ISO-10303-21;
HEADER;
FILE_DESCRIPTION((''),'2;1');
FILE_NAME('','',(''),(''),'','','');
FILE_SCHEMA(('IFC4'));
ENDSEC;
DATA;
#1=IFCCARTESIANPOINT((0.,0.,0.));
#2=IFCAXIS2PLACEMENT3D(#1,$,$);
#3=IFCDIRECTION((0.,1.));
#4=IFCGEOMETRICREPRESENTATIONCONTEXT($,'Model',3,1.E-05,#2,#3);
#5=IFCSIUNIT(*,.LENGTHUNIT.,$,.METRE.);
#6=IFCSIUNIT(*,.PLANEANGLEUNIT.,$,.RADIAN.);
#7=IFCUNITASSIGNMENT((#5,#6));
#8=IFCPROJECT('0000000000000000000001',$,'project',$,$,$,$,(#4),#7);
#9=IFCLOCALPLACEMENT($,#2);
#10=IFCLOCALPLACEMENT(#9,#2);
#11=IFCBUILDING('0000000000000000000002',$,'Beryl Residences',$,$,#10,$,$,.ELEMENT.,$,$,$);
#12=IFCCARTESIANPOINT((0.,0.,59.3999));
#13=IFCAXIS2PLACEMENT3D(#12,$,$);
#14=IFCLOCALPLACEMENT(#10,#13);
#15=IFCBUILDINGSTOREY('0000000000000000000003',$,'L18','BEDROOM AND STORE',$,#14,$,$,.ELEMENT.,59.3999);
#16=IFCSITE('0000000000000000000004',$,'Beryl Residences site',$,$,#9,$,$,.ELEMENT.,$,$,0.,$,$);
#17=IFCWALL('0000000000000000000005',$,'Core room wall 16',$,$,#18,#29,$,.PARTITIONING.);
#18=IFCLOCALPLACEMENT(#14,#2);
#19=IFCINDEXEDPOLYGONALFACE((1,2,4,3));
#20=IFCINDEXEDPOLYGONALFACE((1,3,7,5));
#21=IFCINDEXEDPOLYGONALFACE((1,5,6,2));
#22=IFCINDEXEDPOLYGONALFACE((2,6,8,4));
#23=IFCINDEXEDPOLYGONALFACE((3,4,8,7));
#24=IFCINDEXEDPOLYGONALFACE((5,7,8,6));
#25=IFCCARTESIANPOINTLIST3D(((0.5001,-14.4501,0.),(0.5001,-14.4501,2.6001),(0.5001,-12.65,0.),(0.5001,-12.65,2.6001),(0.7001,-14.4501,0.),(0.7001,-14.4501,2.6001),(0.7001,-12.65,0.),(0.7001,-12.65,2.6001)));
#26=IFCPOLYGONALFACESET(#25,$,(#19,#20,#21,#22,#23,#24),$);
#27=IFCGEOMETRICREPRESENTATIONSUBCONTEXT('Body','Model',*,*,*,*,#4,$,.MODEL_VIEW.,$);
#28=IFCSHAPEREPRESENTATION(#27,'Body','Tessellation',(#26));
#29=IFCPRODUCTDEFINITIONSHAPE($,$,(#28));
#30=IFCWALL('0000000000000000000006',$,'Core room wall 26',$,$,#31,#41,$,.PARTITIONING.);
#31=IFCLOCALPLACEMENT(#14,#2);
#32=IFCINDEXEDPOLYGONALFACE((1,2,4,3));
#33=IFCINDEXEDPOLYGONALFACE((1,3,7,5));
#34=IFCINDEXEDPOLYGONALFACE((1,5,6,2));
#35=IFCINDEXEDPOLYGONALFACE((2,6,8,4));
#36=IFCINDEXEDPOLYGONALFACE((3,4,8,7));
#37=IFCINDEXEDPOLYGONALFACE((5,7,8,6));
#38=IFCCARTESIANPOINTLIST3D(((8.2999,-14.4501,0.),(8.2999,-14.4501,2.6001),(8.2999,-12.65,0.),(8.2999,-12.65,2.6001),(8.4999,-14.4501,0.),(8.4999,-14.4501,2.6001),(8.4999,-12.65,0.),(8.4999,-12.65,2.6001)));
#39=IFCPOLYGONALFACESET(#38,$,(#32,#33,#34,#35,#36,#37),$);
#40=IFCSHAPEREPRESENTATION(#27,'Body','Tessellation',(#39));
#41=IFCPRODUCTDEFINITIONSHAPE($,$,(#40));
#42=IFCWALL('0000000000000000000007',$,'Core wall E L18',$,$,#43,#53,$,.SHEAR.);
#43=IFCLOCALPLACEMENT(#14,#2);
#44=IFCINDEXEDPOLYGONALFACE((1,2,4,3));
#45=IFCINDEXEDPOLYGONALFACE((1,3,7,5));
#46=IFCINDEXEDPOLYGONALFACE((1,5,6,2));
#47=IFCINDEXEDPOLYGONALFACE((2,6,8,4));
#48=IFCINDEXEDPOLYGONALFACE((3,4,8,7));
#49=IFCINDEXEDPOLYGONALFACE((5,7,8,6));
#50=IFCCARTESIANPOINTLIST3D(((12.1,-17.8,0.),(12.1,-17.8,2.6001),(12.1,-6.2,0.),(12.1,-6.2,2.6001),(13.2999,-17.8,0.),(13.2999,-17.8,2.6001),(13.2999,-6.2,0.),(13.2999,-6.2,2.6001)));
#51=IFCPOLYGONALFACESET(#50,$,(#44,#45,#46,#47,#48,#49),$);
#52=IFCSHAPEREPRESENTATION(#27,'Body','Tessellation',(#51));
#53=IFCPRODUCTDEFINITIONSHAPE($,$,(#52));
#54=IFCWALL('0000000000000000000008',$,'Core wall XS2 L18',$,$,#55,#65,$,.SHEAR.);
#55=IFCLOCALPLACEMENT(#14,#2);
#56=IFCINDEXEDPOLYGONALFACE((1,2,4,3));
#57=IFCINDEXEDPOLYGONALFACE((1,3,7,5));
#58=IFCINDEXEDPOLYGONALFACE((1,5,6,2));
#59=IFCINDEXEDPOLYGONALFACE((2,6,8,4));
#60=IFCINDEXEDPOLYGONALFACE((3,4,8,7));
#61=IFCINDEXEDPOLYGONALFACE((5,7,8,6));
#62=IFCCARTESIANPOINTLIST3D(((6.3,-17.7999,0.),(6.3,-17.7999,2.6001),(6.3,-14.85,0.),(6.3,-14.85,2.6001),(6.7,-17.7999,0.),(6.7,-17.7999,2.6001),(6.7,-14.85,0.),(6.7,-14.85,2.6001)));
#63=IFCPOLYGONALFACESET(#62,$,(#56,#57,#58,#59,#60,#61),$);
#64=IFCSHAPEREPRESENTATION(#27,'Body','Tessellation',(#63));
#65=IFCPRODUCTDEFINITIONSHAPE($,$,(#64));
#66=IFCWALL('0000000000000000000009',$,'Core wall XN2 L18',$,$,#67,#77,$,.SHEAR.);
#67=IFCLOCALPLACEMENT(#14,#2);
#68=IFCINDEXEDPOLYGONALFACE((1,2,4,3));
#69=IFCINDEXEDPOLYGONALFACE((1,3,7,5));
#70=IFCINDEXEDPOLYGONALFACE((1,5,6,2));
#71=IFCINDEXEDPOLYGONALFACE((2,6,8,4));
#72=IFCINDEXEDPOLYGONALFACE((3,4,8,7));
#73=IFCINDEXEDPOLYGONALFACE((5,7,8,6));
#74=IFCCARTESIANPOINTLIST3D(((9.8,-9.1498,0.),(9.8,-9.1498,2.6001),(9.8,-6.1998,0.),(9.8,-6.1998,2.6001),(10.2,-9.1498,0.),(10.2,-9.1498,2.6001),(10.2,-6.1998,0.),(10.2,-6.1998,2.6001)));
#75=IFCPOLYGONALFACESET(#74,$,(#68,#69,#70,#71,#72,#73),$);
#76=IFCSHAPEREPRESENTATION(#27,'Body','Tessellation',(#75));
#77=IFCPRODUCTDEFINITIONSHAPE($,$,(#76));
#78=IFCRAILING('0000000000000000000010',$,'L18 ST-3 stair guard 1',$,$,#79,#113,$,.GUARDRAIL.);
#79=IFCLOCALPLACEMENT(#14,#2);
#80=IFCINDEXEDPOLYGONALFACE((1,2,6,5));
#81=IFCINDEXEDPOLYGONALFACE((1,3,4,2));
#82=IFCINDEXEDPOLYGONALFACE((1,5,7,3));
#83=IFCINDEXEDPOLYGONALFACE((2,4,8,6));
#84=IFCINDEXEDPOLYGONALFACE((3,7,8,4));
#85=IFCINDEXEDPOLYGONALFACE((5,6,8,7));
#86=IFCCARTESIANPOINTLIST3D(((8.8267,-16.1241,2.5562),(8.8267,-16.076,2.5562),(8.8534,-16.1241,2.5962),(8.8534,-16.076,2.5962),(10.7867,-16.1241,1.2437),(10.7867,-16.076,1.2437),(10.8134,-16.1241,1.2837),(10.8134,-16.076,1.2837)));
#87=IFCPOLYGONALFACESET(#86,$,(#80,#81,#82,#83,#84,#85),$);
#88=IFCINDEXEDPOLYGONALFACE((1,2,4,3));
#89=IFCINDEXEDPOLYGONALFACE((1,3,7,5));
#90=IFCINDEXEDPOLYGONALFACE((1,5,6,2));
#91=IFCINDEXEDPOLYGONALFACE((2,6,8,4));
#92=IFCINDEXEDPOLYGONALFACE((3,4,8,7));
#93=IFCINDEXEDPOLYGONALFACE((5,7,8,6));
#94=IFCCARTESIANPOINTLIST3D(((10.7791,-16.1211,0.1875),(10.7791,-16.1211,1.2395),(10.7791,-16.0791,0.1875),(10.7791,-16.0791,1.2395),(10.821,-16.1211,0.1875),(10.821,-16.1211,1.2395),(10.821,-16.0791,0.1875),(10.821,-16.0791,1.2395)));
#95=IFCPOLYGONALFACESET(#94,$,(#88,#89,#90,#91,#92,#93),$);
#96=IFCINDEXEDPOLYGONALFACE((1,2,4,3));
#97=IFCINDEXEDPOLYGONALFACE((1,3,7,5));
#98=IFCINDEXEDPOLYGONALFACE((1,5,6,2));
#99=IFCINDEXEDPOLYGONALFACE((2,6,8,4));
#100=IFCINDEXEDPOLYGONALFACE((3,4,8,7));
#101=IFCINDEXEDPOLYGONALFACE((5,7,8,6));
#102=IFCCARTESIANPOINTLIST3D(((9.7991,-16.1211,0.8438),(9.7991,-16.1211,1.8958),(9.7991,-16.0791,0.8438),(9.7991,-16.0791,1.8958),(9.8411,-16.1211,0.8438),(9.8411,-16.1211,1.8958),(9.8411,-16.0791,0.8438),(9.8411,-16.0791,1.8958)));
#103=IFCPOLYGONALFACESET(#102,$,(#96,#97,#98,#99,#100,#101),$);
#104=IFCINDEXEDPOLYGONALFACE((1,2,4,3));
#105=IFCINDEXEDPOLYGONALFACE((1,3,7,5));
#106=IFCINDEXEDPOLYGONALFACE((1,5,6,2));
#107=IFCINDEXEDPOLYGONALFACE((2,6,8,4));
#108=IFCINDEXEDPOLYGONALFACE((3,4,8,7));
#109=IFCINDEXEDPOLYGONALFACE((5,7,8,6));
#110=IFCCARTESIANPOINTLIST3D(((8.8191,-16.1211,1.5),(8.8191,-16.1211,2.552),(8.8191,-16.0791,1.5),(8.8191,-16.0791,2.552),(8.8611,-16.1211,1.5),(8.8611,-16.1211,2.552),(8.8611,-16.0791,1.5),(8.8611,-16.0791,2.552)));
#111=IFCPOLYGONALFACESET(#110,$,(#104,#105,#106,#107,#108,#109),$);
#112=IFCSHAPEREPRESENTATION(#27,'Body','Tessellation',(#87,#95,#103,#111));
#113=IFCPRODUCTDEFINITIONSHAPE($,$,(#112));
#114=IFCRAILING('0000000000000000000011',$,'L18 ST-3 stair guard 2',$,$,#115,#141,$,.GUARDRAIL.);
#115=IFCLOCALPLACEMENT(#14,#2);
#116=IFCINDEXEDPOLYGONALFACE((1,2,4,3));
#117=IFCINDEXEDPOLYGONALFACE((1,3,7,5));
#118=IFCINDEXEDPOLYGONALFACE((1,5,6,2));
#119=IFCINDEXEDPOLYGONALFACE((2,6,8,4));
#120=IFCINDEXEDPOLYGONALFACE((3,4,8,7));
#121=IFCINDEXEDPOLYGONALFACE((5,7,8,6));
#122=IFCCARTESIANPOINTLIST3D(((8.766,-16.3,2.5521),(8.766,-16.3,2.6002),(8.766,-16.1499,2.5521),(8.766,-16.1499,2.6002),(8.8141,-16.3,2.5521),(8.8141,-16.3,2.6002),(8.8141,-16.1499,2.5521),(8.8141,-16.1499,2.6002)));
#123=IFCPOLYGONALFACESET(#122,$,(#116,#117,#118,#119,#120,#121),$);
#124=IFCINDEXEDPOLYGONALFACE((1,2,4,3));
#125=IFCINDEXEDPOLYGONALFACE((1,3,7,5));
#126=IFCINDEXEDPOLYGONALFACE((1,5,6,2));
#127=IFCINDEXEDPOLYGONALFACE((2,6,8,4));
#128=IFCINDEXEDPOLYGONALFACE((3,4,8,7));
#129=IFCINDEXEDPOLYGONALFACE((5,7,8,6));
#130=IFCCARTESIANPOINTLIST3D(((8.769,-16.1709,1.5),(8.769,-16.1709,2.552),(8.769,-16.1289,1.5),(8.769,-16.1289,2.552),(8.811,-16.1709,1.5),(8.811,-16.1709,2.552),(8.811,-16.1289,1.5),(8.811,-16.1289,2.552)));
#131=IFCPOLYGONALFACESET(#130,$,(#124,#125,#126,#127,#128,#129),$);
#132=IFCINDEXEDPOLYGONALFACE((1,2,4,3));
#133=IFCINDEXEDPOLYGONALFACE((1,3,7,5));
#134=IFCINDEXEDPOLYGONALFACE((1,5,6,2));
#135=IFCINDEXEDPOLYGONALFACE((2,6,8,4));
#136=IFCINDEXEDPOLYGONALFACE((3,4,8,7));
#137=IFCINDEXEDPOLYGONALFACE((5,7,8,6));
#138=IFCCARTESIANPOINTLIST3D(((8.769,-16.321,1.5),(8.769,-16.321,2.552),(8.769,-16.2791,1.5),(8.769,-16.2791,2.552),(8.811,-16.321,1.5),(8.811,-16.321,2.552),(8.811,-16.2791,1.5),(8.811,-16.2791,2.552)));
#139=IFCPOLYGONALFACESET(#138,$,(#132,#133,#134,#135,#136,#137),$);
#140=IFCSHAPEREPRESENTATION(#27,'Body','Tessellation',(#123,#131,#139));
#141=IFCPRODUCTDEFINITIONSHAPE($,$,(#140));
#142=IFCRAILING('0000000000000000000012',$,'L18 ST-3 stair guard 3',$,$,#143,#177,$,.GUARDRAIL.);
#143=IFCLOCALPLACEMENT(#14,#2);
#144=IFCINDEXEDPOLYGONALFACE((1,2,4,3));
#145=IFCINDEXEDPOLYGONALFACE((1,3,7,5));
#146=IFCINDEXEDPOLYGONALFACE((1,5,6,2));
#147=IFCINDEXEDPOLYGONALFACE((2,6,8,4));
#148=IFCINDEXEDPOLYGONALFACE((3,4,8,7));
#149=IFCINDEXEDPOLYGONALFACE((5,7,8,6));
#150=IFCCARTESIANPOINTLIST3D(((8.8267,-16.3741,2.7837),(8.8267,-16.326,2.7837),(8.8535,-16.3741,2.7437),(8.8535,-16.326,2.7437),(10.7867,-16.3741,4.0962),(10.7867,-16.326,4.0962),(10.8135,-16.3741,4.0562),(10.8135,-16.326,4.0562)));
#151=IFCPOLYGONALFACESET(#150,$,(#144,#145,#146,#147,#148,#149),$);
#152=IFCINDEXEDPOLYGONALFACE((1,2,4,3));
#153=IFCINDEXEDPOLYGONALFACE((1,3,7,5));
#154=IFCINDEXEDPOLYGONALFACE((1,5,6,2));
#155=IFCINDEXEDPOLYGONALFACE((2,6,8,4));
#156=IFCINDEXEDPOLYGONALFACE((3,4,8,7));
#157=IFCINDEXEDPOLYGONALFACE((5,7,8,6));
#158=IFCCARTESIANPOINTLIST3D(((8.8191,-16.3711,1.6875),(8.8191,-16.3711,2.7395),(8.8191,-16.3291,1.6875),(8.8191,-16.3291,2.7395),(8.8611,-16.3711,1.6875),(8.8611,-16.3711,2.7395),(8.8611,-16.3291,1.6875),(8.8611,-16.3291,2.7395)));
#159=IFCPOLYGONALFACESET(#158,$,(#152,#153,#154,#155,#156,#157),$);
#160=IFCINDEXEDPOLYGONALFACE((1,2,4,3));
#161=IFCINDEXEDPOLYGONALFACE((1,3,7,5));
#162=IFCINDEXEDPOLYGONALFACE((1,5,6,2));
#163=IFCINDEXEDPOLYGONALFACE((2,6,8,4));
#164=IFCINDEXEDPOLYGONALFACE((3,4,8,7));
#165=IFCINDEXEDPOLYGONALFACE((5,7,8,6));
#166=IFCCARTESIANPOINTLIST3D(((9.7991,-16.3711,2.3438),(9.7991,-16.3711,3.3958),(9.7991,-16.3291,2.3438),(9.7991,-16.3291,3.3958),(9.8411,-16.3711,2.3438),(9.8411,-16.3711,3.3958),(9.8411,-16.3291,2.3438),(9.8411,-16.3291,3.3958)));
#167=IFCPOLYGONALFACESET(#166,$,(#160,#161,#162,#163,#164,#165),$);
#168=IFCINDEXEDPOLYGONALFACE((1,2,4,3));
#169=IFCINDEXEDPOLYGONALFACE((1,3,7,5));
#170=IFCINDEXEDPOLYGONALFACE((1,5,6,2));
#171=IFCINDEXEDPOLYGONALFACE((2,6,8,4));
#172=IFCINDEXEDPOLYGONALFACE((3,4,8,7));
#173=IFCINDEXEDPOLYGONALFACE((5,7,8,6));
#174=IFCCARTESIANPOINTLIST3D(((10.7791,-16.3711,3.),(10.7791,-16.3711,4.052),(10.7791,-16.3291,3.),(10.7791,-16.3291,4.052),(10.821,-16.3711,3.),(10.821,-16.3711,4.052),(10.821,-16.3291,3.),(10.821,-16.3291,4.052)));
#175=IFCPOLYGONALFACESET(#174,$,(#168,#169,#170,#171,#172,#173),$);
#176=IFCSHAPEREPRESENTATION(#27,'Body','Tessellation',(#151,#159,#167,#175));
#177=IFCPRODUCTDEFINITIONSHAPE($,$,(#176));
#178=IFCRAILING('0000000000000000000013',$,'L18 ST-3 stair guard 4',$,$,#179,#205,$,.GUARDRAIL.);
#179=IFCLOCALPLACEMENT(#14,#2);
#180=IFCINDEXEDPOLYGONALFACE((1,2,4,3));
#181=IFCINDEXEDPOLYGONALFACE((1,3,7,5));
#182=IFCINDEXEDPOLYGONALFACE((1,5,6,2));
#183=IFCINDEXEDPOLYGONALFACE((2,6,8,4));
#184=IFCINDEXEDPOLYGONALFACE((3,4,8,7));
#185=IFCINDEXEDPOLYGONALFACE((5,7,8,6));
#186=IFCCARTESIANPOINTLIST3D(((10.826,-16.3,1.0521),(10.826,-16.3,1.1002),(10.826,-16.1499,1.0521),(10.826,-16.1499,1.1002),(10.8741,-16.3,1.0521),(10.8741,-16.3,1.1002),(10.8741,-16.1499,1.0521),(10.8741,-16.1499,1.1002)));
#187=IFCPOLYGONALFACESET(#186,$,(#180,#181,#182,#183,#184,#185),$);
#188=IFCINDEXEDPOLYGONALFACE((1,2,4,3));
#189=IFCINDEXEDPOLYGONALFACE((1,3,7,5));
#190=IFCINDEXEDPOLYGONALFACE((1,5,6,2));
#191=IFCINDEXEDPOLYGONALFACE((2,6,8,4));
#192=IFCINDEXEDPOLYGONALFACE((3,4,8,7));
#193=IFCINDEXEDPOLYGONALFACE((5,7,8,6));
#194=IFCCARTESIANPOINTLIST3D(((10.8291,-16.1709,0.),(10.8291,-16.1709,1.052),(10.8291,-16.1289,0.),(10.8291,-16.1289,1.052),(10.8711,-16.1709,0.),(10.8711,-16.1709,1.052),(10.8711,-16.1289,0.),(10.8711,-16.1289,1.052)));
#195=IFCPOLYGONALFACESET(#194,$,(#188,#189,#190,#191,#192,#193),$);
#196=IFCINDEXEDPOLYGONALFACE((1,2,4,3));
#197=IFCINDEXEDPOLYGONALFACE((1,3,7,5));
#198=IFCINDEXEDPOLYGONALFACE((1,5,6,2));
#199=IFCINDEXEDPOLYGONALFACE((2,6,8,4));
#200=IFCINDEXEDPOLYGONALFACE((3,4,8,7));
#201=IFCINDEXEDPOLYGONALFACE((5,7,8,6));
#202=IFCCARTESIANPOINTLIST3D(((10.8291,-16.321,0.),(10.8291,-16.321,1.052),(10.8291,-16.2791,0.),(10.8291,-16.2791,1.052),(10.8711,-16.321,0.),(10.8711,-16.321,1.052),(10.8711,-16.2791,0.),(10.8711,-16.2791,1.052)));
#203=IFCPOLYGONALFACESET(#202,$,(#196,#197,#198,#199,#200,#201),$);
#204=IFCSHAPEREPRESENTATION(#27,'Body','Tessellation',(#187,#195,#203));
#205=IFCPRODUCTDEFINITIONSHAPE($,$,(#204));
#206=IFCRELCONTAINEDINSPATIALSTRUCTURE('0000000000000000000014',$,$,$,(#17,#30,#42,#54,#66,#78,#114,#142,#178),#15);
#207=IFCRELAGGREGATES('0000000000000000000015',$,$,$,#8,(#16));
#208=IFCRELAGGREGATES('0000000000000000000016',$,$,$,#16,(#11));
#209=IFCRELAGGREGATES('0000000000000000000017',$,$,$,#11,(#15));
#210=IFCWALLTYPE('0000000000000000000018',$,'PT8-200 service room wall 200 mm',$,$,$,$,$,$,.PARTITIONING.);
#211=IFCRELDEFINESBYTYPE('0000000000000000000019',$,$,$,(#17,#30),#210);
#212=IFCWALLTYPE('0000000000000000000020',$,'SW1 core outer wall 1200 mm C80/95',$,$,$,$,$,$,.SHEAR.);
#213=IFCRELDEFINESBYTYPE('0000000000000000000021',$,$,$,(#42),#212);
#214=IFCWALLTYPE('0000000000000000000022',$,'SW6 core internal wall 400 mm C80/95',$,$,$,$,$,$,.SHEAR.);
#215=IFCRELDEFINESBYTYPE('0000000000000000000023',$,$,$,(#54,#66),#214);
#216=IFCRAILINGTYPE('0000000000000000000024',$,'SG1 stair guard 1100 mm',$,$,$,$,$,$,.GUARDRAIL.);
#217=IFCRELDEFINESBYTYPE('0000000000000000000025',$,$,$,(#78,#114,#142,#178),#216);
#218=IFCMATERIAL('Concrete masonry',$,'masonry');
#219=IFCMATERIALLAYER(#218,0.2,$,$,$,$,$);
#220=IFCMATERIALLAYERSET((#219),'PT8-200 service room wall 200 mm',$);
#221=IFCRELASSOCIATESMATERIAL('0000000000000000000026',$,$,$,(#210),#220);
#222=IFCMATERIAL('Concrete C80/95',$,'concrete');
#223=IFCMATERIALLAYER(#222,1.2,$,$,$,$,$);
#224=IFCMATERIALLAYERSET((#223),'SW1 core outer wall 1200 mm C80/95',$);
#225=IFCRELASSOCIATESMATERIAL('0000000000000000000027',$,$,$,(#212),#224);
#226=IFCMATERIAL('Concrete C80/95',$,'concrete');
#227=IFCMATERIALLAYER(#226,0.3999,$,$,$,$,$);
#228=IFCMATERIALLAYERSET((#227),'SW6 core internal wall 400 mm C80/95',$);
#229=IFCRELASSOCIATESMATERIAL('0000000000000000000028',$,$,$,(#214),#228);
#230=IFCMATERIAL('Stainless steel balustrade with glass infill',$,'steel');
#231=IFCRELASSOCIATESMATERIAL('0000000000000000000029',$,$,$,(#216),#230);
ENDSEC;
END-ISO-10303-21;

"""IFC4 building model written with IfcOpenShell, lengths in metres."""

from ifc_helpers import new_model, si_unit, direction, frame, frame_2d, origin, origin_2d, place, context, subcontext, project, spatial, rectangle, extrude, material, layer, layer_set, type_object, element, save


model = new_model("IFC4")

# Units and contexts
model_context = context("Model", 3, precision=1e-05, world=origin(), true_north=direction((0.0, 1.0)))
body_context = subcontext(model_context, "Body", "Model", "MODEL_VIEW")
ifc_project = project(units=[si_unit("LENGTHUNIT", "METRE"), si_unit("PLANEANGLEUNIT", "RADIAN")], contexts=[model_context])

# Site, building, storey
site_placement = place(None, origin())
site = spatial("IfcSite", under=ifc_project, at=site_placement, Name="Beryl Residences site", CompositionType="ELEMENT", RefElevation=0.0)
building_placement = place(site_placement, origin())
building = spatial("IfcBuilding", under=site, at=building_placement, Name="Beryl Residences", CompositionType="ELEMENT")
storey_placement = place(building_placement, frame((0.0, 0.0, 59.3999)))
storey = spatial("IfcBuildingStorey", under=building, at=storey_placement, Name="L18", Description="BEDROOM AND STORE", CompositionType="ELEMENT", Elevation=59.3999)

# Walls
ifc_material_1 = material(Name="Concrete masonry", Category="masonry")
ifc_layer_1 = layer(ifc_material_1, 0.2)
ifc_layer_set_1 = layer_set([ifc_layer_1], Name="PT8-200 service room wall 200 mm")
wall_type_1 = type_object("IfcWallType", Name="PT8-200 service room wall 200 mm", PredefinedType="PARTITIONING", material=ifc_layer_set_1)
for number, where, z_axis, x_axis, name in (
    (1, (0.6001, -14.45, 0.0), (0.0, 0.0, 1.0), (0.0, 1.0, 0.0), "Core room wall 16"),
    (2, (8.3999, -14.45, 0.0), (0.0, 0.0, 1.0), (0.0, 1.0, 0.0), "Core room wall 26"),
):
    element("IfcWall", number, at=place(storey_placement, frame(where, z_axis=z_axis, x_axis=x_axis)), inside=storey, type_object=wall_type_1, Name=name, PredefinedType="PARTITIONING", context=body_context, shape_type="SweptSolid", body=[
        extrude(rectangle(XDim=1.8, YDim=0.2, at=frame_2d((0.8999, 0.0))), origin(), (0.0, 0.0, 1.0), 2.6001),
    ])
ifc_material_2 = material(Name="Concrete C80/95", Category="concrete")
ifc_layer_2 = layer(ifc_material_2, 1.2)
ifc_layer_set_2 = layer_set([ifc_layer_2], Name="SW1 core outer wall 1200 mm C80/95")
wall_type_2 = type_object("IfcWallType", Name="SW1 core outer wall 1200 mm C80/95", PredefinedType="SHEAR", material=ifc_layer_set_2)
wall_1_placement = place(storey_placement, frame((12.7, -17.8, 0.0), z_axis=(0.0, 0.0, 1.0), x_axis=(0.0, 1.0, 0.0)))
element("IfcWall", 3, at=wall_1_placement, inside=storey, type_object=wall_type_2, Name="Core wall E L18", PredefinedType="SHEAR", context=body_context, shape_type="SweptSolid", body=[
    extrude(rectangle(XDim=11.6001, YDim=1.2, at=frame_2d((5.8, 0.0))), origin(), (0.0, 0.0, 1.0), 2.6001),
])
ifc_material_3 = material(Name="Concrete C80/95", Category="concrete")
ifc_layer_3 = layer(ifc_material_3, 0.3999)
ifc_layer_set_3 = layer_set([ifc_layer_3], Name="SW6 core internal wall 400 mm C80/95")
wall_type_3 = type_object("IfcWallType", Name="SW6 core internal wall 400 mm C80/95", PredefinedType="SHEAR", material=ifc_layer_set_3)
for number, where, z_axis, x_axis, name in (
    (4, (6.5, -17.8, 0.0), (0.0, 0.0, 1.0), (0.0, 1.0, 0.0), "Core wall XS2 L18"),
    (5, (10.0, -9.1499, 0.0), (0.0, 0.0, 1.0), (0.0, 1.0, 0.0), "Core wall XN2 L18"),
):
    element("IfcWall", number, at=place(storey_placement, frame(where, z_axis=z_axis, x_axis=x_axis)), inside=storey, type_object=wall_type_3, Name=name, PredefinedType="SHEAR", context=body_context, shape_type="SweptSolid", body=[
        extrude(rectangle(XDim=2.95, YDim=0.3999, at=frame_2d((1.4751, 0.0))), origin(), (0.0, 0.0, 1.0), 2.6001),
    ])

# Railings
ifc_material_4 = material(Name="Stainless steel balustrade with glass infill", Category="steel")
railing_type_1 = type_object("IfcRailingType", Name="SG1 stair guard 1100 mm", PredefinedType="GUARDRAIL", material=ifc_material_4)
railing_1_placement = place(storey_placement, frame((10.8, -16.1001, 0.1875)))
element("IfcRailing", 6, at=railing_1_placement, inside=storey, type_object=railing_type_1, Name="L18 ST-3 stair guard 1", PredefinedType="GUARDRAIL", context=body_context, shape_type="SweptSolid", body=[
    extrude(rectangle(XDim=0.0481, YDim=0.0481, at=origin_2d()), frame((0.0, 0.0, 1.0762), z_axis=(-0.830902, 0.0, 0.556419), x_axis=(0.0, -1.0, 0.0)), (0.0, 0.0, 1.0), 2.3589),
    extrude(rectangle(XDim=0.042, YDim=0.042, at=origin_2d()), origin(), (0.0, 0.0, 1.0), 1.052),
    extrude(rectangle(XDim=0.042, YDim=0.042, at=origin_2d()), frame((-0.98, 0.0, 0.6562)), (0.0, 0.0, 1.0), 1.052),
    extrude(rectangle(XDim=0.042, YDim=0.042, at=origin_2d()), frame((-1.96, 0.0, 1.3125)), (0.0, 0.0, 1.0), 1.052),
])
railing_2_placement = place(storey_placement, frame((8.79, -16.1499, 1.5)))
element("IfcRailing", 7, at=railing_2_placement, inside=storey, type_object=railing_type_1, Name="L18 ST-3 stair guard 2", PredefinedType="GUARDRAIL", context=body_context, shape_type="SweptSolid", body=[
    extrude(rectangle(XDim=0.0481, YDim=0.0481, at=origin_2d()), frame((0.0, 0.0, 1.0762), z_axis=(0.0, -1.0, 0.0), x_axis=(1.0, 0.0, 0.0)), (0.0, 0.0, 1.0), 0.1501),
    extrude(rectangle(XDim=0.042, YDim=0.042, at=origin_2d()), origin(), (0.0, 0.0, 1.0), 1.052),
    extrude(rectangle(XDim=0.042, YDim=0.042, at=origin_2d()), frame((0.0, -0.1501, 0.0)), (0.0, 0.0, 1.0), 1.052),
])
railing_3_placement = place(storey_placement, frame((8.8401, -16.3501, 1.6875)))
element("IfcRailing", 8, at=railing_3_placement, inside=storey, type_object=railing_type_1, Name="L18 ST-3 stair guard 3", PredefinedType="GUARDRAIL", context=body_context, shape_type="SweptSolid", body=[
    extrude(rectangle(XDim=0.0481, YDim=0.0481, at=origin_2d()), frame((0.0, 0.0, 1.0762), z_axis=(0.830902, 0.0, 0.556419), x_axis=(0.0, 1.0, 0.0)), (0.0, 0.0, 1.0), 2.3589),
    extrude(rectangle(XDim=0.042, YDim=0.042, at=origin_2d()), origin(), (0.0, 0.0, 1.0), 1.052),
    extrude(rectangle(XDim=0.042, YDim=0.042, at=origin_2d()), frame((0.98, 0.0, 0.6562)), (0.0, 0.0, 1.0), 1.052),
    extrude(rectangle(XDim=0.042, YDim=0.042, at=origin_2d()), frame((1.96, 0.0, 1.3125)), (0.0, 0.0, 1.0), 1.052),
])
railing_4_placement = place(storey_placement, frame((10.8501, -16.1499, 0.0)))
element("IfcRailing", 9, at=railing_4_placement, inside=storey, type_object=railing_type_1, Name="L18 ST-3 stair guard 4", PredefinedType="GUARDRAIL", context=body_context, shape_type="SweptSolid", body=[
    extrude(rectangle(XDim=0.0481, YDim=0.0481, at=origin_2d()), frame((0.0, 0.0, 1.0762), z_axis=(0.0, -1.0, 0.0), x_axis=(1.0, 0.0, 0.0)), (0.0, 0.0, 1.0), 0.1501),
    extrude(rectangle(XDim=0.042, YDim=0.042, at=origin_2d()), origin(), (0.0, 0.0, 1.0), 1.052),
    extrude(rectangle(XDim=0.042, YDim=0.042, at=origin_2d()), frame((0.0, -0.1501, 0.0)), (0.0, 0.0, 1.0), 1.052),
])

save(model, "model.ifc")
